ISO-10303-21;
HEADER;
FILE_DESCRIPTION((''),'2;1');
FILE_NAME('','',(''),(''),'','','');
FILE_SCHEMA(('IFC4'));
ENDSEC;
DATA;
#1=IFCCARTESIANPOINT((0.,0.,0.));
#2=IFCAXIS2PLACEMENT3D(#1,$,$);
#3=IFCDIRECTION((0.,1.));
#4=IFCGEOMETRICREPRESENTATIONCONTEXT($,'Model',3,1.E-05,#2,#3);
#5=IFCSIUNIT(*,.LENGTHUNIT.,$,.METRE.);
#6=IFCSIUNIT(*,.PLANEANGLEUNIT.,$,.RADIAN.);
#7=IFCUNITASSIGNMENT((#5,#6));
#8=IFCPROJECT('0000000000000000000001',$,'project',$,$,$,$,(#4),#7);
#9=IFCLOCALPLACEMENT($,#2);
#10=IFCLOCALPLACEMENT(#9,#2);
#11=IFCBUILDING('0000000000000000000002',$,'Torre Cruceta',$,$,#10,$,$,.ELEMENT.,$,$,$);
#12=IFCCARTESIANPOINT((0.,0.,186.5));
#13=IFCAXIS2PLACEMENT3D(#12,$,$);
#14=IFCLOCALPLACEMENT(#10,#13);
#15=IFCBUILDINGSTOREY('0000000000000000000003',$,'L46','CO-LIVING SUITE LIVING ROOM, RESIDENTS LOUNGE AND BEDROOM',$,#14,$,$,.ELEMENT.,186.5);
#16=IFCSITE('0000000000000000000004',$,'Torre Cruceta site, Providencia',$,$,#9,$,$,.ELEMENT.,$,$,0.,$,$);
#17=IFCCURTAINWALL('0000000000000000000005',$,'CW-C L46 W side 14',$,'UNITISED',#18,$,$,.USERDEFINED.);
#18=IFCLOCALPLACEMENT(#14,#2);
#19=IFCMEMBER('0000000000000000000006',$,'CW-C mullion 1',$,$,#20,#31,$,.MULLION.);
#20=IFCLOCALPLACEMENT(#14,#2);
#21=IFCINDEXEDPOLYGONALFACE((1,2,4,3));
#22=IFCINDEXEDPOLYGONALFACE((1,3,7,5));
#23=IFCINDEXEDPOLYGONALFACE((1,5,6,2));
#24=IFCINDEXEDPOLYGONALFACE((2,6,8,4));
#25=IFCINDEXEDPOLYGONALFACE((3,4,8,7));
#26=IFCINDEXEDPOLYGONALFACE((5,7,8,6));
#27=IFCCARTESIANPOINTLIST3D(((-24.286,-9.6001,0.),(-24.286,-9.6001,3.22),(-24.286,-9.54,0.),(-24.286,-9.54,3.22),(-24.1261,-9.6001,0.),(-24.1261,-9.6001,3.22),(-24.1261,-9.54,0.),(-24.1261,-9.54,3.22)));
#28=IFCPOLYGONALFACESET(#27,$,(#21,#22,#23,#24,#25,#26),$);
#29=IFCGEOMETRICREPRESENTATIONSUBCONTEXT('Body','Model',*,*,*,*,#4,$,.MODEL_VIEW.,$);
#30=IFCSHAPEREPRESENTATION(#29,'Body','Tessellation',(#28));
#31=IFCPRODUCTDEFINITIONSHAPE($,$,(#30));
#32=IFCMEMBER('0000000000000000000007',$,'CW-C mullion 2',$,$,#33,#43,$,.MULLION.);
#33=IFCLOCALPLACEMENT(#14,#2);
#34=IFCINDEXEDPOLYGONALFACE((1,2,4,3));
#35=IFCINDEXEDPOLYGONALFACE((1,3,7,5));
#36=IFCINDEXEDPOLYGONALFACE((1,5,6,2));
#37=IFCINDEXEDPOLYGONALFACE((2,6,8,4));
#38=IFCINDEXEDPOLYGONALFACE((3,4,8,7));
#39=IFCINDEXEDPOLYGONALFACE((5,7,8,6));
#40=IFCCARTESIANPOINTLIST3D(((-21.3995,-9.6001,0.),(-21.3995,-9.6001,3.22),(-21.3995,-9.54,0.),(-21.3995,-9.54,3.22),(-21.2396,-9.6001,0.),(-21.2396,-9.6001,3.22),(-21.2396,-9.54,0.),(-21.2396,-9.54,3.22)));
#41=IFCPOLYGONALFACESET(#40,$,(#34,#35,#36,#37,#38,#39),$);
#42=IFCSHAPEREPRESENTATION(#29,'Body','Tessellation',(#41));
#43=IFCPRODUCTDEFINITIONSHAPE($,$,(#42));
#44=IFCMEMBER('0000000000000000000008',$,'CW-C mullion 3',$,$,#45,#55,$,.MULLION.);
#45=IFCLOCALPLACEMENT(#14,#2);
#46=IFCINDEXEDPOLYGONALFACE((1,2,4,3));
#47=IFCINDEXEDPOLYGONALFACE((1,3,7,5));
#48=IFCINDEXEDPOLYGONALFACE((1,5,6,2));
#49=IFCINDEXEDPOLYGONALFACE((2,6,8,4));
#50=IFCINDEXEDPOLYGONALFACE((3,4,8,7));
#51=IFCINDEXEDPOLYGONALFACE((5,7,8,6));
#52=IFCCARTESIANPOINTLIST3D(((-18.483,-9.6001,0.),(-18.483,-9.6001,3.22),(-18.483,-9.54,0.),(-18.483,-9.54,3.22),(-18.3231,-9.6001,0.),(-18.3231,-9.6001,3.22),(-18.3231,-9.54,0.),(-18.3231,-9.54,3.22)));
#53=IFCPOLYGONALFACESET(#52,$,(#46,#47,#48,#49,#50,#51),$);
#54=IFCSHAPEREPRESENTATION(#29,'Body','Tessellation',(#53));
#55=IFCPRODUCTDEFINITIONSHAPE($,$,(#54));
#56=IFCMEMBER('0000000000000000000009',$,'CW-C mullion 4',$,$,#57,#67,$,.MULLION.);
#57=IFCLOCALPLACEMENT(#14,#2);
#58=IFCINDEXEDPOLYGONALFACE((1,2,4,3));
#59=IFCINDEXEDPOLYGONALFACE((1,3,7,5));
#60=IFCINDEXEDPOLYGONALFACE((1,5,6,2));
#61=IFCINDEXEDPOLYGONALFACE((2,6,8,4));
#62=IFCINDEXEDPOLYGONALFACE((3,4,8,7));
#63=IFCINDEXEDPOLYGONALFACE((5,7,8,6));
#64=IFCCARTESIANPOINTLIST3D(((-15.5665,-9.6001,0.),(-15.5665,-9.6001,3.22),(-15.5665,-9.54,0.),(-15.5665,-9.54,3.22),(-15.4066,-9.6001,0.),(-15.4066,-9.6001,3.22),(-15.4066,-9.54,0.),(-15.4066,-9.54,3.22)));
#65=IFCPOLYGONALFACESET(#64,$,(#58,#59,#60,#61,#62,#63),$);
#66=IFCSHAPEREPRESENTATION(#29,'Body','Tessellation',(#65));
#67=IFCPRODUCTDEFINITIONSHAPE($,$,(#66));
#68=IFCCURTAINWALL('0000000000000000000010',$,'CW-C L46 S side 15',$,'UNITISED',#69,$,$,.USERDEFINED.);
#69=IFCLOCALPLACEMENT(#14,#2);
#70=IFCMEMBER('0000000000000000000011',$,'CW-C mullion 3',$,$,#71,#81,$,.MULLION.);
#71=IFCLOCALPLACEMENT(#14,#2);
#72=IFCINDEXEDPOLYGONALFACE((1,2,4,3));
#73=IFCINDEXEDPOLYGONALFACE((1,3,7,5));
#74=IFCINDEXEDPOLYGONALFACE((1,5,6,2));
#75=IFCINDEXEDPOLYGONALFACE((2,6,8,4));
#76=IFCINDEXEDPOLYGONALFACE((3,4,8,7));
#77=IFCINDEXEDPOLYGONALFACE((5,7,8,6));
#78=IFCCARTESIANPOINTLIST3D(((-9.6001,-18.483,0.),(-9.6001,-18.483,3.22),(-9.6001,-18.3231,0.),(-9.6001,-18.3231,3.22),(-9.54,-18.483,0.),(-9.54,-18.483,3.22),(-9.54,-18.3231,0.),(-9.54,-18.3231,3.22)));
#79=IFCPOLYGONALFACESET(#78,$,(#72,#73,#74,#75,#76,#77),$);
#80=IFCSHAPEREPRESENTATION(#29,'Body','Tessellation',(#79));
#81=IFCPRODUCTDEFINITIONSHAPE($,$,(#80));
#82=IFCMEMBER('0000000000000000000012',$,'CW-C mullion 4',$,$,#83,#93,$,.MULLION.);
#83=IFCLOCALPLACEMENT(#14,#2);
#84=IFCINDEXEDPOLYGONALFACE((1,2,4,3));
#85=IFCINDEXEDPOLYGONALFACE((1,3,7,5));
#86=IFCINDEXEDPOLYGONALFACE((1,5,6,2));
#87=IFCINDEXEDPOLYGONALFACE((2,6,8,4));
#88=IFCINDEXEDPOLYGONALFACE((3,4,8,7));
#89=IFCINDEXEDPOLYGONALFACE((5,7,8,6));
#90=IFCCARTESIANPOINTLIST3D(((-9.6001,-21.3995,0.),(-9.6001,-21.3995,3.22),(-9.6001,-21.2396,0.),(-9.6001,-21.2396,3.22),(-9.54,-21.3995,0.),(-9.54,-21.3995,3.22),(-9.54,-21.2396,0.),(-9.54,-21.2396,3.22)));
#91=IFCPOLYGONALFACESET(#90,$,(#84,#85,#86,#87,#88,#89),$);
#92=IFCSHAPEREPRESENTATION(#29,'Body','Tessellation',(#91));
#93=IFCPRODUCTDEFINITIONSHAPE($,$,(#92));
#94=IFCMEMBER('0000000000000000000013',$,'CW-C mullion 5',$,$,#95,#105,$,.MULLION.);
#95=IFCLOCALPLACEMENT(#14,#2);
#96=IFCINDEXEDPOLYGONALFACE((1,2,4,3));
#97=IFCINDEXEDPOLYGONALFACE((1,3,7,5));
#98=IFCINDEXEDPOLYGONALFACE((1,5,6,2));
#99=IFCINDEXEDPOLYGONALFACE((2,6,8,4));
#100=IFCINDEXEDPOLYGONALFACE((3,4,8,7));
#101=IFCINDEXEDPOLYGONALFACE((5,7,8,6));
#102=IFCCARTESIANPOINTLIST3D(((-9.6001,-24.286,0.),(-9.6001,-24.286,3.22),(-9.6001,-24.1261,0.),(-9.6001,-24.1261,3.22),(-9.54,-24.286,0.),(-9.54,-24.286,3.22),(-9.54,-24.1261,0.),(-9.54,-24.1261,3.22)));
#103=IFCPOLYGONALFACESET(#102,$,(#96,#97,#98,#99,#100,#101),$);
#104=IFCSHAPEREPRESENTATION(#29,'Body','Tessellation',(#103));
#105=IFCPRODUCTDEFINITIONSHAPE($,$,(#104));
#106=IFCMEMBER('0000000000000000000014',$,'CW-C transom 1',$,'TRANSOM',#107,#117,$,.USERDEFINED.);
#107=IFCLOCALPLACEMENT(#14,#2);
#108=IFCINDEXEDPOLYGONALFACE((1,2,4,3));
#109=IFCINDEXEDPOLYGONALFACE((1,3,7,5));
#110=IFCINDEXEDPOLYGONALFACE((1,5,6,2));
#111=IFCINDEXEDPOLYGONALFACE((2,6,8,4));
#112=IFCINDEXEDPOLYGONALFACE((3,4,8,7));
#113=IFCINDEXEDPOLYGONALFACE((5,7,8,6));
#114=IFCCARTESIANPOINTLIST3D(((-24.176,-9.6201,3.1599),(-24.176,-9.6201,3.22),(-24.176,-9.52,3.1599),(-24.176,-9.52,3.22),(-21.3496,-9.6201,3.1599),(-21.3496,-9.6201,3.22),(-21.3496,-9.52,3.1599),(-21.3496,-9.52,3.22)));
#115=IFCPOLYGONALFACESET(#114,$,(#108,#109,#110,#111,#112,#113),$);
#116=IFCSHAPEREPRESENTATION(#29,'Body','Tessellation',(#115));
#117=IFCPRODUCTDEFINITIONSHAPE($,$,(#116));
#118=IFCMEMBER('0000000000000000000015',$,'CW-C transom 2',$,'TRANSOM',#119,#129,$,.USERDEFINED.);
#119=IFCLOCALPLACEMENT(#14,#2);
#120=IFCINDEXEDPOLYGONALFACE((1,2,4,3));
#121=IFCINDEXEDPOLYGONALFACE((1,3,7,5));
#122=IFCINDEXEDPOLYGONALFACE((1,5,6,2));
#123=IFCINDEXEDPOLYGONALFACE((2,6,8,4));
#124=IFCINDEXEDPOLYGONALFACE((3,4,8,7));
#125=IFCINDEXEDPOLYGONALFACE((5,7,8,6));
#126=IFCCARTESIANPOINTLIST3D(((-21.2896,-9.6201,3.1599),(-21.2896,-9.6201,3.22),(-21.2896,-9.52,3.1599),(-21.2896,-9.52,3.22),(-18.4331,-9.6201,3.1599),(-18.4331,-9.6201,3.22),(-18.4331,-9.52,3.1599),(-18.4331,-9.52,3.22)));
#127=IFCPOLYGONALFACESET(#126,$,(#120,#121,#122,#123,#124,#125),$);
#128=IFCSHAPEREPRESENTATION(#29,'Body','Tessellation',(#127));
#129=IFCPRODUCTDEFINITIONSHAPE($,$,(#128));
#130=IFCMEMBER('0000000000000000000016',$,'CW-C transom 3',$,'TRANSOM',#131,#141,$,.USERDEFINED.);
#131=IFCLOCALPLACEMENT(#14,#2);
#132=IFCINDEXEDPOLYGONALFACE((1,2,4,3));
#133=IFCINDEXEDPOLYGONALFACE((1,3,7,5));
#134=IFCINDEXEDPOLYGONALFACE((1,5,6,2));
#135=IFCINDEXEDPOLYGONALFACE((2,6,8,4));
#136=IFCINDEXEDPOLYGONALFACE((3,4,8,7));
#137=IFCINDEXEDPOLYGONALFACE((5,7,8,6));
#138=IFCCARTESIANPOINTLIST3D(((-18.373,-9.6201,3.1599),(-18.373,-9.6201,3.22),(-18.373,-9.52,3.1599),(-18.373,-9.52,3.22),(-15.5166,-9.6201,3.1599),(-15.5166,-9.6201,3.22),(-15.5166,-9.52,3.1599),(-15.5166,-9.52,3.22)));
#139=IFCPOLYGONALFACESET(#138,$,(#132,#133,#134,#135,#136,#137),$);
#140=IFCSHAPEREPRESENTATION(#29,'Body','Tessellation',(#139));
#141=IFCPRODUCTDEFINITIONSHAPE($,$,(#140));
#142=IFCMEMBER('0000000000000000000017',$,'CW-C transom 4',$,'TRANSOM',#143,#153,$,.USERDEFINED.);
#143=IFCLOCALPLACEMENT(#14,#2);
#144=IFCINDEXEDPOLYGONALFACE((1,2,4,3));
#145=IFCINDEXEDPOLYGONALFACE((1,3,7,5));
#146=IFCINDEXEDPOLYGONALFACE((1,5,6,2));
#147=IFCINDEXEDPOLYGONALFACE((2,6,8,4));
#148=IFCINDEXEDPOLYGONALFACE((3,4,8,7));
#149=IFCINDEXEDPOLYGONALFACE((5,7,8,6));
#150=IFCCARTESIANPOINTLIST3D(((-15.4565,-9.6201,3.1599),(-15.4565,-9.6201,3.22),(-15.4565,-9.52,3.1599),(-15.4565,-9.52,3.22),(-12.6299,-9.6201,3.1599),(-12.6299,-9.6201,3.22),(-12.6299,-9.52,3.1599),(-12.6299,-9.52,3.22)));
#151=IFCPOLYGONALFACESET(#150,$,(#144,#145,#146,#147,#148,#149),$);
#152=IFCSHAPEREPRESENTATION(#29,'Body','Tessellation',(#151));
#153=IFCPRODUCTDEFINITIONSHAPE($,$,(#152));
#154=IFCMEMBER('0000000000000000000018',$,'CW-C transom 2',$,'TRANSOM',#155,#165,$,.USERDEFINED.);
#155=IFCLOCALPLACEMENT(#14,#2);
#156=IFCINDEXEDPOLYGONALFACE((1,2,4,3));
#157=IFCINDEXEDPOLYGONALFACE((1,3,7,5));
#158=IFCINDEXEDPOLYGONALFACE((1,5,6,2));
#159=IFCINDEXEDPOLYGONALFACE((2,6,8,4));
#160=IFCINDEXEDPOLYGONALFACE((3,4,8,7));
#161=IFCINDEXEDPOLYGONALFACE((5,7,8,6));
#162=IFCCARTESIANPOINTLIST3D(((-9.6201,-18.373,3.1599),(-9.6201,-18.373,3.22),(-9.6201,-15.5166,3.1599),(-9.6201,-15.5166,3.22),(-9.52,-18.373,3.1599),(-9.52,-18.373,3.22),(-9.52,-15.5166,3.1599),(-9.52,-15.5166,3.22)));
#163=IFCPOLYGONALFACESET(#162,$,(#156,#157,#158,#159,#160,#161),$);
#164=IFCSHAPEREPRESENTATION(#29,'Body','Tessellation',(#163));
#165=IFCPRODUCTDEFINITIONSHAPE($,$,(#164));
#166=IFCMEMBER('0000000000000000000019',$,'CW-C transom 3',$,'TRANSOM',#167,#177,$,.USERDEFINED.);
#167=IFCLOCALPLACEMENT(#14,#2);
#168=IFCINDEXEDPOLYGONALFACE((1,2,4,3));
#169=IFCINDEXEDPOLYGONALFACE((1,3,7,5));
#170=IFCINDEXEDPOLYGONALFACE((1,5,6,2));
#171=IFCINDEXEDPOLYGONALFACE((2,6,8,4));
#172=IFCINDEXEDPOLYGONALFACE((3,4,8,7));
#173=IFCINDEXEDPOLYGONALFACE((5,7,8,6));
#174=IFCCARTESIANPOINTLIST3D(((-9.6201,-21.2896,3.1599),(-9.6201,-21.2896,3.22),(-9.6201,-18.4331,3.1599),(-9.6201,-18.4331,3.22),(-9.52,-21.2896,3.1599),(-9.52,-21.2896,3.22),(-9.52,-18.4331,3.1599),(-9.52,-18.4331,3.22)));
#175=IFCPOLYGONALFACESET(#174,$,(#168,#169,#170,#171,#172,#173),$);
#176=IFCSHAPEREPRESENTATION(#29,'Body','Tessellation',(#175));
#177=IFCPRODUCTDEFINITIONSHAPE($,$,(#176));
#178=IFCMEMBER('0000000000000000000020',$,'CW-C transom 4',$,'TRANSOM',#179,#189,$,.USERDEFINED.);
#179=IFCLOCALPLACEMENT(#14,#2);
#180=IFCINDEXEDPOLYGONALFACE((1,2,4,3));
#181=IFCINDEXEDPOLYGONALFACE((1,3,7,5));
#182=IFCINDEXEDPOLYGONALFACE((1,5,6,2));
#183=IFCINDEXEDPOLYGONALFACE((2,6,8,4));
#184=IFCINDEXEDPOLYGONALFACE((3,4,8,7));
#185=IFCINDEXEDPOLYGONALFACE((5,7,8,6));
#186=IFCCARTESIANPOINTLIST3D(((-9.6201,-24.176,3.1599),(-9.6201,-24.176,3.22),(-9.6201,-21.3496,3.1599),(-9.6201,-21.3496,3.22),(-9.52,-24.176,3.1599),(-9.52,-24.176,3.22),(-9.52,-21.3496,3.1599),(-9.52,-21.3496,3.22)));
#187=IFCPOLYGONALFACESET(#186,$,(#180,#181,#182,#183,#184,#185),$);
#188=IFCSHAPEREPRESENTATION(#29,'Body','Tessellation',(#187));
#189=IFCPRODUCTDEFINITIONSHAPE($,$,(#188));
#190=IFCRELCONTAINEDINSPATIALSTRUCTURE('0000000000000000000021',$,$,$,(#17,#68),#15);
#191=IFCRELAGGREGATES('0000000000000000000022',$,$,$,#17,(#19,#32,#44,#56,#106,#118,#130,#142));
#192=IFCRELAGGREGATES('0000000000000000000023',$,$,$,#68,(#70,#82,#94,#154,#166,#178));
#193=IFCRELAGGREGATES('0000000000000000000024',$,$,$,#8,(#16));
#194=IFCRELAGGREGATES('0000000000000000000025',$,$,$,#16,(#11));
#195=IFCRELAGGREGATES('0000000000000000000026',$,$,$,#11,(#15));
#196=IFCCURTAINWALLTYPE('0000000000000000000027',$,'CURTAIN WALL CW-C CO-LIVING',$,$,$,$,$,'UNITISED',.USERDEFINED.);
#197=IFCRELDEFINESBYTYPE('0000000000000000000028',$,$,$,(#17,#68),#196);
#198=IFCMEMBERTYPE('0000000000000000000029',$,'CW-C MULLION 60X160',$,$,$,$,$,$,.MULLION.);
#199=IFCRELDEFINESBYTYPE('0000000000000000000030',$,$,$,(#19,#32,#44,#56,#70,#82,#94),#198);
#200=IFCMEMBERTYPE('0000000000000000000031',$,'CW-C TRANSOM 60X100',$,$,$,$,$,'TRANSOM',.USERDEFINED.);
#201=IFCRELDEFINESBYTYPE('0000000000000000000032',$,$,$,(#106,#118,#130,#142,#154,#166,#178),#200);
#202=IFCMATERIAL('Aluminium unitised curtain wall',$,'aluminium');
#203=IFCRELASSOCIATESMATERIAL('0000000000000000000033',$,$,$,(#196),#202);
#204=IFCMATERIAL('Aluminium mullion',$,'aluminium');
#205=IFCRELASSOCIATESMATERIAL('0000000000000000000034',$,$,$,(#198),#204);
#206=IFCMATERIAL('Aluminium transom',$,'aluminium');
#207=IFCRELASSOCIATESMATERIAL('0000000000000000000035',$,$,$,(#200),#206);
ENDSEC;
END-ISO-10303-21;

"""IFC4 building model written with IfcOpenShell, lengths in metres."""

from ifc_helpers import new_model, si_unit, direction, frame, origin, origin_2d, place, context, subcontext, project, spatial, rectangle, extrude, material, material_profile, profile_set, type_object, element, aggregate, save


model = new_model("IFC4")

# Units and contexts
model_context = context("Model", 3, precision=1e-05, world=origin(), true_north=direction((0.0, 1.0)))
body_context = subcontext(model_context, "Body", "Model", "MODEL_VIEW")
ifc_project = project(units=[si_unit("LENGTHUNIT", "METRE"), si_unit("PLANEANGLEUNIT", "RADIAN")], contexts=[model_context])

# Site, building, storey
site_placement = place(None, origin())
site = spatial("IfcSite", under=ifc_project, at=site_placement, Name="Torre Cruceta site, Providencia", CompositionType="ELEMENT", RefElevation=0.0)
building_placement = place(site_placement, origin())
building = spatial("IfcBuilding", under=site, at=building_placement, Name="Torre Cruceta", CompositionType="ELEMENT")
storey_placement = place(building_placement, frame((0.0, 0.0, 186.5)))
storey = spatial("IfcBuildingStorey", under=building, at=storey_placement, Name="L46", Description="CO-LIVING SUITE LIVING ROOM, RESIDENTS LOUNGE AND BEDROOM", CompositionType="ELEMENT", Elevation=186.5)

# Curtain walls, members
ifc_material_1 = material(Name="Aluminium unitised curtain wall", Category="aluminium")
curtain_wall_type = type_object("IfcCurtainWallType", Name="CURTAIN WALL CW-C CO-LIVING", ElementType="UNITISED", PredefinedType="USERDEFINED", material=ifc_material_1)
curtain_wall_1_placement = place(storey_placement, origin())
curtain_wall_1 = element("IfcCurtainWall", 1, at=curtain_wall_1_placement, inside=storey, type_object=curtain_wall_type, Name="CW-C L46 W side 14", ObjectType="UNITISED", PredefinedType="USERDEFINED")
ifc_material_2 = material(Name="Aluminium mullion", Category="aluminium")
ifc_material_profile_1 = material_profile(ifc_material_2, rectangle(XDim=0.0601, YDim=0.1599, at=origin_2d()), Name="AL 60X160")
ifc_profile_set_1 = profile_set([ifc_material_profile_1], Name="Aluminium mullion")
member_type_1 = type_object("IfcMemberType", Name="CW-C MULLION 60X160", PredefinedType="MULLION", material=ifc_profile_set_1)
member_1_placement = place(storey_placement, frame((-24.2061, -9.5701, 0.0), z_axis=(0.0, 0.0, 1.0), x_axis=(0.0, 1.0, 0.0)))
member_1 = element("IfcMember", 2, at=member_1_placement, type_object=member_type_1, Name="CW-C mullion 1", PredefinedType="MULLION", context=body_context, shape_type="SweptSolid", body=[
    extrude(rectangle(XDim=0.0601, YDim=0.1599, at=origin_2d()), origin(), (0.0, 0.0, 1.0), 3.22),
])
member_2_placement = place(storey_placement, frame((-21.3196, -9.5701, 0.0), z_axis=(0.0, 0.0, 1.0), x_axis=(0.0, 1.0, 0.0)))
member_2 = element("IfcMember", 3, at=member_2_placement, type_object=member_type_1, Name="CW-C mullion 2", PredefinedType="MULLION", context=body_context, shape_type="SweptSolid", body=[
    extrude(rectangle(XDim=0.0601, YDim=0.1599, at=origin_2d()), origin(), (0.0, 0.0, 1.0), 3.22),
])
member_3_placement = place(storey_placement, frame((-18.4031, -9.5701, 0.0), z_axis=(0.0, 0.0, 1.0), x_axis=(0.0, 1.0, 0.0)))
member_3 = element("IfcMember", 4, at=member_3_placement, type_object=member_type_1, Name="CW-C mullion 3", PredefinedType="MULLION", context=body_context, shape_type="SweptSolid", body=[
    extrude(rectangle(XDim=0.0601, YDim=0.1599, at=origin_2d()), origin(), (0.0, 0.0, 1.0), 3.22),
])
member_4_placement = place(storey_placement, frame((-15.4866, -9.5701, 0.0), z_axis=(0.0, 0.0, 1.0), x_axis=(0.0, 1.0, 0.0)))
member_4 = element("IfcMember", 5, at=member_4_placement, type_object=member_type_1, Name="CW-C mullion 4", PredefinedType="MULLION", context=body_context, shape_type="SweptSolid", body=[
    extrude(rectangle(XDim=0.0601, YDim=0.1599, at=origin_2d()), origin(), (0.0, 0.0, 1.0), 3.22),
])
curtain_wall_2_placement = place(storey_placement, origin())
curtain_wall_2 = element("IfcCurtainWall", 6, at=curtain_wall_2_placement, inside=storey, type_object=curtain_wall_type, Name="CW-C L46 S side 15", ObjectType="UNITISED", PredefinedType="USERDEFINED")
member_5_placement = place(storey_placement, frame((-9.5701, -18.4031, 0.0), z_axis=(0.0, 0.0, 1.0), x_axis=(1.0, 0.0, 0.0)))
member_5 = element("IfcMember", 7, at=member_5_placement, type_object=member_type_1, Name="CW-C mullion 3", PredefinedType="MULLION", context=body_context, shape_type="SweptSolid", body=[
    extrude(rectangle(XDim=0.0601, YDim=0.1599, at=origin_2d()), origin(), (0.0, 0.0, 1.0), 3.22),
])
member_6_placement = place(storey_placement, frame((-9.5701, -21.3196, 0.0), z_axis=(0.0, 0.0, 1.0), x_axis=(1.0, 0.0, 0.0)))
member_6 = element("IfcMember", 8, at=member_6_placement, type_object=member_type_1, Name="CW-C mullion 4", PredefinedType="MULLION", context=body_context, shape_type="SweptSolid", body=[
    extrude(rectangle(XDim=0.0601, YDim=0.1599, at=origin_2d()), origin(), (0.0, 0.0, 1.0), 3.22),
])
member_7_placement = place(storey_placement, frame((-9.5701, -24.2061, 0.0), z_axis=(0.0, 0.0, 1.0), x_axis=(1.0, 0.0, 0.0)))
member_7 = element("IfcMember", 9, at=member_7_placement, type_object=member_type_1, Name="CW-C mullion 5", PredefinedType="MULLION", context=body_context, shape_type="SweptSolid", body=[
    extrude(rectangle(XDim=0.0601, YDim=0.1599, at=origin_2d()), origin(), (0.0, 0.0, 1.0), 3.22),
])

# Members
ifc_material_3 = material(Name="Aluminium transom", Category="aluminium")
ifc_material_profile_2 = material_profile(ifc_material_3, rectangle(XDim=0.1001, YDim=0.0601, at=origin_2d()), Name="AL 100X60")
ifc_profile_set_2 = profile_set([ifc_material_profile_2], Name="Aluminium transom")
member_type_2 = type_object("IfcMemberType", Name="CW-C TRANSOM 60X100", ElementType="TRANSOM", PredefinedType="USERDEFINED", material=ifc_profile_set_2)
member_8_placement = place(storey_placement, frame((-24.176, -9.5701, 3.1899), z_axis=(1.0, 0.0, 0.0), x_axis=(0.0, 1.0, 0.0)))
member_8 = element("IfcMember", 10, at=member_8_placement, type_object=member_type_2, Name="CW-C transom 1", ObjectType="TRANSOM", PredefinedType="USERDEFINED", context=body_context, shape_type="SweptSolid", body=[
    extrude(rectangle(XDim=0.1001, YDim=0.0601, at=origin_2d()), origin(), (0.0, 0.0, 1.0), 2.8264),
])
member_9_placement = place(storey_placement, frame((-21.2896, -9.5701, 3.1899), z_axis=(1.0, 0.0, 0.0), x_axis=(0.0, 1.0, 0.0)))
member_9 = element("IfcMember", 11, at=member_9_placement, type_object=member_type_2, Name="CW-C transom 2", ObjectType="TRANSOM", PredefinedType="USERDEFINED", context=body_context, shape_type="SweptSolid", body=[
    extrude(rectangle(XDim=0.1001, YDim=0.0601, at=origin_2d()), origin(), (0.0, 0.0, 1.0), 2.8564),
])
member_10_placement = place(storey_placement, frame((-18.373, -9.5701, 3.1899), z_axis=(1.0, 0.0, 0.0), x_axis=(0.0, 1.0, 0.0)))
member_10 = element("IfcMember", 12, at=member_10_placement, type_object=member_type_2, Name="CW-C transom 3", ObjectType="TRANSOM", PredefinedType="USERDEFINED", context=body_context, shape_type="SweptSolid", body=[
    extrude(rectangle(XDim=0.1001, YDim=0.0601, at=origin_2d()), origin(), (0.0, 0.0, 1.0), 2.8564),
])
member_11_placement = place(storey_placement, frame((-15.4565, -9.5701, 3.1899), z_axis=(1.0, 0.0, 0.0), x_axis=(0.0, 1.0, 0.0)))
member_11 = element("IfcMember", 13, at=member_11_placement, type_object=member_type_2, Name="CW-C transom 4", ObjectType="TRANSOM", PredefinedType="USERDEFINED", context=body_context, shape_type="SweptSolid", body=[
    extrude(rectangle(XDim=0.1001, YDim=0.0601, at=origin_2d()), origin(), (0.0, 0.0, 1.0), 2.8267),
])
member_12_placement = place(storey_placement, frame((-9.5701, -15.5166, 3.1899), z_axis=(0.0, -1.0, 0.0), x_axis=(1.0, 0.0, 0.0)))
member_12 = element("IfcMember", 14, at=member_12_placement, type_object=member_type_2, Name="CW-C transom 2", ObjectType="TRANSOM", PredefinedType="USERDEFINED", context=body_context, shape_type="SweptSolid", body=[
    extrude(rectangle(XDim=0.1001, YDim=0.0601, at=origin_2d()), origin(), (0.0, 0.0, 1.0), 2.8564),
])
member_13_placement = place(storey_placement, frame((-9.5701, -18.4331, 3.1899), z_axis=(0.0, -1.0, 0.0), x_axis=(1.0, 0.0, 0.0)))
member_13 = element("IfcMember", 15, at=member_13_placement, type_object=member_type_2, Name="CW-C transom 3", ObjectType="TRANSOM", PredefinedType="USERDEFINED", context=body_context, shape_type="SweptSolid", body=[
    extrude(rectangle(XDim=0.1001, YDim=0.0601, at=origin_2d()), origin(), (0.0, 0.0, 1.0), 2.8564),
])
member_14_placement = place(storey_placement, frame((-9.5701, -21.3496, 3.1899), z_axis=(0.0, -1.0, 0.0), x_axis=(1.0, 0.0, 0.0)))
member_14 = element("IfcMember", 16, at=member_14_placement, type_object=member_type_2, Name="CW-C transom 4", ObjectType="TRANSOM", PredefinedType="USERDEFINED", context=body_context, shape_type="SweptSolid", body=[
    extrude(rectangle(XDim=0.1001, YDim=0.0601, at=origin_2d()), origin(), (0.0, 0.0, 1.0), 2.8264),
])

aggregate(curtain_wall_1, [member_1, member_2, member_3, member_4, member_8, member_9, member_10, member_11])
aggregate(curtain_wall_2, [member_5, member_6, member_7, member_12, member_13, member_14])

save(model, "model.ifc")
